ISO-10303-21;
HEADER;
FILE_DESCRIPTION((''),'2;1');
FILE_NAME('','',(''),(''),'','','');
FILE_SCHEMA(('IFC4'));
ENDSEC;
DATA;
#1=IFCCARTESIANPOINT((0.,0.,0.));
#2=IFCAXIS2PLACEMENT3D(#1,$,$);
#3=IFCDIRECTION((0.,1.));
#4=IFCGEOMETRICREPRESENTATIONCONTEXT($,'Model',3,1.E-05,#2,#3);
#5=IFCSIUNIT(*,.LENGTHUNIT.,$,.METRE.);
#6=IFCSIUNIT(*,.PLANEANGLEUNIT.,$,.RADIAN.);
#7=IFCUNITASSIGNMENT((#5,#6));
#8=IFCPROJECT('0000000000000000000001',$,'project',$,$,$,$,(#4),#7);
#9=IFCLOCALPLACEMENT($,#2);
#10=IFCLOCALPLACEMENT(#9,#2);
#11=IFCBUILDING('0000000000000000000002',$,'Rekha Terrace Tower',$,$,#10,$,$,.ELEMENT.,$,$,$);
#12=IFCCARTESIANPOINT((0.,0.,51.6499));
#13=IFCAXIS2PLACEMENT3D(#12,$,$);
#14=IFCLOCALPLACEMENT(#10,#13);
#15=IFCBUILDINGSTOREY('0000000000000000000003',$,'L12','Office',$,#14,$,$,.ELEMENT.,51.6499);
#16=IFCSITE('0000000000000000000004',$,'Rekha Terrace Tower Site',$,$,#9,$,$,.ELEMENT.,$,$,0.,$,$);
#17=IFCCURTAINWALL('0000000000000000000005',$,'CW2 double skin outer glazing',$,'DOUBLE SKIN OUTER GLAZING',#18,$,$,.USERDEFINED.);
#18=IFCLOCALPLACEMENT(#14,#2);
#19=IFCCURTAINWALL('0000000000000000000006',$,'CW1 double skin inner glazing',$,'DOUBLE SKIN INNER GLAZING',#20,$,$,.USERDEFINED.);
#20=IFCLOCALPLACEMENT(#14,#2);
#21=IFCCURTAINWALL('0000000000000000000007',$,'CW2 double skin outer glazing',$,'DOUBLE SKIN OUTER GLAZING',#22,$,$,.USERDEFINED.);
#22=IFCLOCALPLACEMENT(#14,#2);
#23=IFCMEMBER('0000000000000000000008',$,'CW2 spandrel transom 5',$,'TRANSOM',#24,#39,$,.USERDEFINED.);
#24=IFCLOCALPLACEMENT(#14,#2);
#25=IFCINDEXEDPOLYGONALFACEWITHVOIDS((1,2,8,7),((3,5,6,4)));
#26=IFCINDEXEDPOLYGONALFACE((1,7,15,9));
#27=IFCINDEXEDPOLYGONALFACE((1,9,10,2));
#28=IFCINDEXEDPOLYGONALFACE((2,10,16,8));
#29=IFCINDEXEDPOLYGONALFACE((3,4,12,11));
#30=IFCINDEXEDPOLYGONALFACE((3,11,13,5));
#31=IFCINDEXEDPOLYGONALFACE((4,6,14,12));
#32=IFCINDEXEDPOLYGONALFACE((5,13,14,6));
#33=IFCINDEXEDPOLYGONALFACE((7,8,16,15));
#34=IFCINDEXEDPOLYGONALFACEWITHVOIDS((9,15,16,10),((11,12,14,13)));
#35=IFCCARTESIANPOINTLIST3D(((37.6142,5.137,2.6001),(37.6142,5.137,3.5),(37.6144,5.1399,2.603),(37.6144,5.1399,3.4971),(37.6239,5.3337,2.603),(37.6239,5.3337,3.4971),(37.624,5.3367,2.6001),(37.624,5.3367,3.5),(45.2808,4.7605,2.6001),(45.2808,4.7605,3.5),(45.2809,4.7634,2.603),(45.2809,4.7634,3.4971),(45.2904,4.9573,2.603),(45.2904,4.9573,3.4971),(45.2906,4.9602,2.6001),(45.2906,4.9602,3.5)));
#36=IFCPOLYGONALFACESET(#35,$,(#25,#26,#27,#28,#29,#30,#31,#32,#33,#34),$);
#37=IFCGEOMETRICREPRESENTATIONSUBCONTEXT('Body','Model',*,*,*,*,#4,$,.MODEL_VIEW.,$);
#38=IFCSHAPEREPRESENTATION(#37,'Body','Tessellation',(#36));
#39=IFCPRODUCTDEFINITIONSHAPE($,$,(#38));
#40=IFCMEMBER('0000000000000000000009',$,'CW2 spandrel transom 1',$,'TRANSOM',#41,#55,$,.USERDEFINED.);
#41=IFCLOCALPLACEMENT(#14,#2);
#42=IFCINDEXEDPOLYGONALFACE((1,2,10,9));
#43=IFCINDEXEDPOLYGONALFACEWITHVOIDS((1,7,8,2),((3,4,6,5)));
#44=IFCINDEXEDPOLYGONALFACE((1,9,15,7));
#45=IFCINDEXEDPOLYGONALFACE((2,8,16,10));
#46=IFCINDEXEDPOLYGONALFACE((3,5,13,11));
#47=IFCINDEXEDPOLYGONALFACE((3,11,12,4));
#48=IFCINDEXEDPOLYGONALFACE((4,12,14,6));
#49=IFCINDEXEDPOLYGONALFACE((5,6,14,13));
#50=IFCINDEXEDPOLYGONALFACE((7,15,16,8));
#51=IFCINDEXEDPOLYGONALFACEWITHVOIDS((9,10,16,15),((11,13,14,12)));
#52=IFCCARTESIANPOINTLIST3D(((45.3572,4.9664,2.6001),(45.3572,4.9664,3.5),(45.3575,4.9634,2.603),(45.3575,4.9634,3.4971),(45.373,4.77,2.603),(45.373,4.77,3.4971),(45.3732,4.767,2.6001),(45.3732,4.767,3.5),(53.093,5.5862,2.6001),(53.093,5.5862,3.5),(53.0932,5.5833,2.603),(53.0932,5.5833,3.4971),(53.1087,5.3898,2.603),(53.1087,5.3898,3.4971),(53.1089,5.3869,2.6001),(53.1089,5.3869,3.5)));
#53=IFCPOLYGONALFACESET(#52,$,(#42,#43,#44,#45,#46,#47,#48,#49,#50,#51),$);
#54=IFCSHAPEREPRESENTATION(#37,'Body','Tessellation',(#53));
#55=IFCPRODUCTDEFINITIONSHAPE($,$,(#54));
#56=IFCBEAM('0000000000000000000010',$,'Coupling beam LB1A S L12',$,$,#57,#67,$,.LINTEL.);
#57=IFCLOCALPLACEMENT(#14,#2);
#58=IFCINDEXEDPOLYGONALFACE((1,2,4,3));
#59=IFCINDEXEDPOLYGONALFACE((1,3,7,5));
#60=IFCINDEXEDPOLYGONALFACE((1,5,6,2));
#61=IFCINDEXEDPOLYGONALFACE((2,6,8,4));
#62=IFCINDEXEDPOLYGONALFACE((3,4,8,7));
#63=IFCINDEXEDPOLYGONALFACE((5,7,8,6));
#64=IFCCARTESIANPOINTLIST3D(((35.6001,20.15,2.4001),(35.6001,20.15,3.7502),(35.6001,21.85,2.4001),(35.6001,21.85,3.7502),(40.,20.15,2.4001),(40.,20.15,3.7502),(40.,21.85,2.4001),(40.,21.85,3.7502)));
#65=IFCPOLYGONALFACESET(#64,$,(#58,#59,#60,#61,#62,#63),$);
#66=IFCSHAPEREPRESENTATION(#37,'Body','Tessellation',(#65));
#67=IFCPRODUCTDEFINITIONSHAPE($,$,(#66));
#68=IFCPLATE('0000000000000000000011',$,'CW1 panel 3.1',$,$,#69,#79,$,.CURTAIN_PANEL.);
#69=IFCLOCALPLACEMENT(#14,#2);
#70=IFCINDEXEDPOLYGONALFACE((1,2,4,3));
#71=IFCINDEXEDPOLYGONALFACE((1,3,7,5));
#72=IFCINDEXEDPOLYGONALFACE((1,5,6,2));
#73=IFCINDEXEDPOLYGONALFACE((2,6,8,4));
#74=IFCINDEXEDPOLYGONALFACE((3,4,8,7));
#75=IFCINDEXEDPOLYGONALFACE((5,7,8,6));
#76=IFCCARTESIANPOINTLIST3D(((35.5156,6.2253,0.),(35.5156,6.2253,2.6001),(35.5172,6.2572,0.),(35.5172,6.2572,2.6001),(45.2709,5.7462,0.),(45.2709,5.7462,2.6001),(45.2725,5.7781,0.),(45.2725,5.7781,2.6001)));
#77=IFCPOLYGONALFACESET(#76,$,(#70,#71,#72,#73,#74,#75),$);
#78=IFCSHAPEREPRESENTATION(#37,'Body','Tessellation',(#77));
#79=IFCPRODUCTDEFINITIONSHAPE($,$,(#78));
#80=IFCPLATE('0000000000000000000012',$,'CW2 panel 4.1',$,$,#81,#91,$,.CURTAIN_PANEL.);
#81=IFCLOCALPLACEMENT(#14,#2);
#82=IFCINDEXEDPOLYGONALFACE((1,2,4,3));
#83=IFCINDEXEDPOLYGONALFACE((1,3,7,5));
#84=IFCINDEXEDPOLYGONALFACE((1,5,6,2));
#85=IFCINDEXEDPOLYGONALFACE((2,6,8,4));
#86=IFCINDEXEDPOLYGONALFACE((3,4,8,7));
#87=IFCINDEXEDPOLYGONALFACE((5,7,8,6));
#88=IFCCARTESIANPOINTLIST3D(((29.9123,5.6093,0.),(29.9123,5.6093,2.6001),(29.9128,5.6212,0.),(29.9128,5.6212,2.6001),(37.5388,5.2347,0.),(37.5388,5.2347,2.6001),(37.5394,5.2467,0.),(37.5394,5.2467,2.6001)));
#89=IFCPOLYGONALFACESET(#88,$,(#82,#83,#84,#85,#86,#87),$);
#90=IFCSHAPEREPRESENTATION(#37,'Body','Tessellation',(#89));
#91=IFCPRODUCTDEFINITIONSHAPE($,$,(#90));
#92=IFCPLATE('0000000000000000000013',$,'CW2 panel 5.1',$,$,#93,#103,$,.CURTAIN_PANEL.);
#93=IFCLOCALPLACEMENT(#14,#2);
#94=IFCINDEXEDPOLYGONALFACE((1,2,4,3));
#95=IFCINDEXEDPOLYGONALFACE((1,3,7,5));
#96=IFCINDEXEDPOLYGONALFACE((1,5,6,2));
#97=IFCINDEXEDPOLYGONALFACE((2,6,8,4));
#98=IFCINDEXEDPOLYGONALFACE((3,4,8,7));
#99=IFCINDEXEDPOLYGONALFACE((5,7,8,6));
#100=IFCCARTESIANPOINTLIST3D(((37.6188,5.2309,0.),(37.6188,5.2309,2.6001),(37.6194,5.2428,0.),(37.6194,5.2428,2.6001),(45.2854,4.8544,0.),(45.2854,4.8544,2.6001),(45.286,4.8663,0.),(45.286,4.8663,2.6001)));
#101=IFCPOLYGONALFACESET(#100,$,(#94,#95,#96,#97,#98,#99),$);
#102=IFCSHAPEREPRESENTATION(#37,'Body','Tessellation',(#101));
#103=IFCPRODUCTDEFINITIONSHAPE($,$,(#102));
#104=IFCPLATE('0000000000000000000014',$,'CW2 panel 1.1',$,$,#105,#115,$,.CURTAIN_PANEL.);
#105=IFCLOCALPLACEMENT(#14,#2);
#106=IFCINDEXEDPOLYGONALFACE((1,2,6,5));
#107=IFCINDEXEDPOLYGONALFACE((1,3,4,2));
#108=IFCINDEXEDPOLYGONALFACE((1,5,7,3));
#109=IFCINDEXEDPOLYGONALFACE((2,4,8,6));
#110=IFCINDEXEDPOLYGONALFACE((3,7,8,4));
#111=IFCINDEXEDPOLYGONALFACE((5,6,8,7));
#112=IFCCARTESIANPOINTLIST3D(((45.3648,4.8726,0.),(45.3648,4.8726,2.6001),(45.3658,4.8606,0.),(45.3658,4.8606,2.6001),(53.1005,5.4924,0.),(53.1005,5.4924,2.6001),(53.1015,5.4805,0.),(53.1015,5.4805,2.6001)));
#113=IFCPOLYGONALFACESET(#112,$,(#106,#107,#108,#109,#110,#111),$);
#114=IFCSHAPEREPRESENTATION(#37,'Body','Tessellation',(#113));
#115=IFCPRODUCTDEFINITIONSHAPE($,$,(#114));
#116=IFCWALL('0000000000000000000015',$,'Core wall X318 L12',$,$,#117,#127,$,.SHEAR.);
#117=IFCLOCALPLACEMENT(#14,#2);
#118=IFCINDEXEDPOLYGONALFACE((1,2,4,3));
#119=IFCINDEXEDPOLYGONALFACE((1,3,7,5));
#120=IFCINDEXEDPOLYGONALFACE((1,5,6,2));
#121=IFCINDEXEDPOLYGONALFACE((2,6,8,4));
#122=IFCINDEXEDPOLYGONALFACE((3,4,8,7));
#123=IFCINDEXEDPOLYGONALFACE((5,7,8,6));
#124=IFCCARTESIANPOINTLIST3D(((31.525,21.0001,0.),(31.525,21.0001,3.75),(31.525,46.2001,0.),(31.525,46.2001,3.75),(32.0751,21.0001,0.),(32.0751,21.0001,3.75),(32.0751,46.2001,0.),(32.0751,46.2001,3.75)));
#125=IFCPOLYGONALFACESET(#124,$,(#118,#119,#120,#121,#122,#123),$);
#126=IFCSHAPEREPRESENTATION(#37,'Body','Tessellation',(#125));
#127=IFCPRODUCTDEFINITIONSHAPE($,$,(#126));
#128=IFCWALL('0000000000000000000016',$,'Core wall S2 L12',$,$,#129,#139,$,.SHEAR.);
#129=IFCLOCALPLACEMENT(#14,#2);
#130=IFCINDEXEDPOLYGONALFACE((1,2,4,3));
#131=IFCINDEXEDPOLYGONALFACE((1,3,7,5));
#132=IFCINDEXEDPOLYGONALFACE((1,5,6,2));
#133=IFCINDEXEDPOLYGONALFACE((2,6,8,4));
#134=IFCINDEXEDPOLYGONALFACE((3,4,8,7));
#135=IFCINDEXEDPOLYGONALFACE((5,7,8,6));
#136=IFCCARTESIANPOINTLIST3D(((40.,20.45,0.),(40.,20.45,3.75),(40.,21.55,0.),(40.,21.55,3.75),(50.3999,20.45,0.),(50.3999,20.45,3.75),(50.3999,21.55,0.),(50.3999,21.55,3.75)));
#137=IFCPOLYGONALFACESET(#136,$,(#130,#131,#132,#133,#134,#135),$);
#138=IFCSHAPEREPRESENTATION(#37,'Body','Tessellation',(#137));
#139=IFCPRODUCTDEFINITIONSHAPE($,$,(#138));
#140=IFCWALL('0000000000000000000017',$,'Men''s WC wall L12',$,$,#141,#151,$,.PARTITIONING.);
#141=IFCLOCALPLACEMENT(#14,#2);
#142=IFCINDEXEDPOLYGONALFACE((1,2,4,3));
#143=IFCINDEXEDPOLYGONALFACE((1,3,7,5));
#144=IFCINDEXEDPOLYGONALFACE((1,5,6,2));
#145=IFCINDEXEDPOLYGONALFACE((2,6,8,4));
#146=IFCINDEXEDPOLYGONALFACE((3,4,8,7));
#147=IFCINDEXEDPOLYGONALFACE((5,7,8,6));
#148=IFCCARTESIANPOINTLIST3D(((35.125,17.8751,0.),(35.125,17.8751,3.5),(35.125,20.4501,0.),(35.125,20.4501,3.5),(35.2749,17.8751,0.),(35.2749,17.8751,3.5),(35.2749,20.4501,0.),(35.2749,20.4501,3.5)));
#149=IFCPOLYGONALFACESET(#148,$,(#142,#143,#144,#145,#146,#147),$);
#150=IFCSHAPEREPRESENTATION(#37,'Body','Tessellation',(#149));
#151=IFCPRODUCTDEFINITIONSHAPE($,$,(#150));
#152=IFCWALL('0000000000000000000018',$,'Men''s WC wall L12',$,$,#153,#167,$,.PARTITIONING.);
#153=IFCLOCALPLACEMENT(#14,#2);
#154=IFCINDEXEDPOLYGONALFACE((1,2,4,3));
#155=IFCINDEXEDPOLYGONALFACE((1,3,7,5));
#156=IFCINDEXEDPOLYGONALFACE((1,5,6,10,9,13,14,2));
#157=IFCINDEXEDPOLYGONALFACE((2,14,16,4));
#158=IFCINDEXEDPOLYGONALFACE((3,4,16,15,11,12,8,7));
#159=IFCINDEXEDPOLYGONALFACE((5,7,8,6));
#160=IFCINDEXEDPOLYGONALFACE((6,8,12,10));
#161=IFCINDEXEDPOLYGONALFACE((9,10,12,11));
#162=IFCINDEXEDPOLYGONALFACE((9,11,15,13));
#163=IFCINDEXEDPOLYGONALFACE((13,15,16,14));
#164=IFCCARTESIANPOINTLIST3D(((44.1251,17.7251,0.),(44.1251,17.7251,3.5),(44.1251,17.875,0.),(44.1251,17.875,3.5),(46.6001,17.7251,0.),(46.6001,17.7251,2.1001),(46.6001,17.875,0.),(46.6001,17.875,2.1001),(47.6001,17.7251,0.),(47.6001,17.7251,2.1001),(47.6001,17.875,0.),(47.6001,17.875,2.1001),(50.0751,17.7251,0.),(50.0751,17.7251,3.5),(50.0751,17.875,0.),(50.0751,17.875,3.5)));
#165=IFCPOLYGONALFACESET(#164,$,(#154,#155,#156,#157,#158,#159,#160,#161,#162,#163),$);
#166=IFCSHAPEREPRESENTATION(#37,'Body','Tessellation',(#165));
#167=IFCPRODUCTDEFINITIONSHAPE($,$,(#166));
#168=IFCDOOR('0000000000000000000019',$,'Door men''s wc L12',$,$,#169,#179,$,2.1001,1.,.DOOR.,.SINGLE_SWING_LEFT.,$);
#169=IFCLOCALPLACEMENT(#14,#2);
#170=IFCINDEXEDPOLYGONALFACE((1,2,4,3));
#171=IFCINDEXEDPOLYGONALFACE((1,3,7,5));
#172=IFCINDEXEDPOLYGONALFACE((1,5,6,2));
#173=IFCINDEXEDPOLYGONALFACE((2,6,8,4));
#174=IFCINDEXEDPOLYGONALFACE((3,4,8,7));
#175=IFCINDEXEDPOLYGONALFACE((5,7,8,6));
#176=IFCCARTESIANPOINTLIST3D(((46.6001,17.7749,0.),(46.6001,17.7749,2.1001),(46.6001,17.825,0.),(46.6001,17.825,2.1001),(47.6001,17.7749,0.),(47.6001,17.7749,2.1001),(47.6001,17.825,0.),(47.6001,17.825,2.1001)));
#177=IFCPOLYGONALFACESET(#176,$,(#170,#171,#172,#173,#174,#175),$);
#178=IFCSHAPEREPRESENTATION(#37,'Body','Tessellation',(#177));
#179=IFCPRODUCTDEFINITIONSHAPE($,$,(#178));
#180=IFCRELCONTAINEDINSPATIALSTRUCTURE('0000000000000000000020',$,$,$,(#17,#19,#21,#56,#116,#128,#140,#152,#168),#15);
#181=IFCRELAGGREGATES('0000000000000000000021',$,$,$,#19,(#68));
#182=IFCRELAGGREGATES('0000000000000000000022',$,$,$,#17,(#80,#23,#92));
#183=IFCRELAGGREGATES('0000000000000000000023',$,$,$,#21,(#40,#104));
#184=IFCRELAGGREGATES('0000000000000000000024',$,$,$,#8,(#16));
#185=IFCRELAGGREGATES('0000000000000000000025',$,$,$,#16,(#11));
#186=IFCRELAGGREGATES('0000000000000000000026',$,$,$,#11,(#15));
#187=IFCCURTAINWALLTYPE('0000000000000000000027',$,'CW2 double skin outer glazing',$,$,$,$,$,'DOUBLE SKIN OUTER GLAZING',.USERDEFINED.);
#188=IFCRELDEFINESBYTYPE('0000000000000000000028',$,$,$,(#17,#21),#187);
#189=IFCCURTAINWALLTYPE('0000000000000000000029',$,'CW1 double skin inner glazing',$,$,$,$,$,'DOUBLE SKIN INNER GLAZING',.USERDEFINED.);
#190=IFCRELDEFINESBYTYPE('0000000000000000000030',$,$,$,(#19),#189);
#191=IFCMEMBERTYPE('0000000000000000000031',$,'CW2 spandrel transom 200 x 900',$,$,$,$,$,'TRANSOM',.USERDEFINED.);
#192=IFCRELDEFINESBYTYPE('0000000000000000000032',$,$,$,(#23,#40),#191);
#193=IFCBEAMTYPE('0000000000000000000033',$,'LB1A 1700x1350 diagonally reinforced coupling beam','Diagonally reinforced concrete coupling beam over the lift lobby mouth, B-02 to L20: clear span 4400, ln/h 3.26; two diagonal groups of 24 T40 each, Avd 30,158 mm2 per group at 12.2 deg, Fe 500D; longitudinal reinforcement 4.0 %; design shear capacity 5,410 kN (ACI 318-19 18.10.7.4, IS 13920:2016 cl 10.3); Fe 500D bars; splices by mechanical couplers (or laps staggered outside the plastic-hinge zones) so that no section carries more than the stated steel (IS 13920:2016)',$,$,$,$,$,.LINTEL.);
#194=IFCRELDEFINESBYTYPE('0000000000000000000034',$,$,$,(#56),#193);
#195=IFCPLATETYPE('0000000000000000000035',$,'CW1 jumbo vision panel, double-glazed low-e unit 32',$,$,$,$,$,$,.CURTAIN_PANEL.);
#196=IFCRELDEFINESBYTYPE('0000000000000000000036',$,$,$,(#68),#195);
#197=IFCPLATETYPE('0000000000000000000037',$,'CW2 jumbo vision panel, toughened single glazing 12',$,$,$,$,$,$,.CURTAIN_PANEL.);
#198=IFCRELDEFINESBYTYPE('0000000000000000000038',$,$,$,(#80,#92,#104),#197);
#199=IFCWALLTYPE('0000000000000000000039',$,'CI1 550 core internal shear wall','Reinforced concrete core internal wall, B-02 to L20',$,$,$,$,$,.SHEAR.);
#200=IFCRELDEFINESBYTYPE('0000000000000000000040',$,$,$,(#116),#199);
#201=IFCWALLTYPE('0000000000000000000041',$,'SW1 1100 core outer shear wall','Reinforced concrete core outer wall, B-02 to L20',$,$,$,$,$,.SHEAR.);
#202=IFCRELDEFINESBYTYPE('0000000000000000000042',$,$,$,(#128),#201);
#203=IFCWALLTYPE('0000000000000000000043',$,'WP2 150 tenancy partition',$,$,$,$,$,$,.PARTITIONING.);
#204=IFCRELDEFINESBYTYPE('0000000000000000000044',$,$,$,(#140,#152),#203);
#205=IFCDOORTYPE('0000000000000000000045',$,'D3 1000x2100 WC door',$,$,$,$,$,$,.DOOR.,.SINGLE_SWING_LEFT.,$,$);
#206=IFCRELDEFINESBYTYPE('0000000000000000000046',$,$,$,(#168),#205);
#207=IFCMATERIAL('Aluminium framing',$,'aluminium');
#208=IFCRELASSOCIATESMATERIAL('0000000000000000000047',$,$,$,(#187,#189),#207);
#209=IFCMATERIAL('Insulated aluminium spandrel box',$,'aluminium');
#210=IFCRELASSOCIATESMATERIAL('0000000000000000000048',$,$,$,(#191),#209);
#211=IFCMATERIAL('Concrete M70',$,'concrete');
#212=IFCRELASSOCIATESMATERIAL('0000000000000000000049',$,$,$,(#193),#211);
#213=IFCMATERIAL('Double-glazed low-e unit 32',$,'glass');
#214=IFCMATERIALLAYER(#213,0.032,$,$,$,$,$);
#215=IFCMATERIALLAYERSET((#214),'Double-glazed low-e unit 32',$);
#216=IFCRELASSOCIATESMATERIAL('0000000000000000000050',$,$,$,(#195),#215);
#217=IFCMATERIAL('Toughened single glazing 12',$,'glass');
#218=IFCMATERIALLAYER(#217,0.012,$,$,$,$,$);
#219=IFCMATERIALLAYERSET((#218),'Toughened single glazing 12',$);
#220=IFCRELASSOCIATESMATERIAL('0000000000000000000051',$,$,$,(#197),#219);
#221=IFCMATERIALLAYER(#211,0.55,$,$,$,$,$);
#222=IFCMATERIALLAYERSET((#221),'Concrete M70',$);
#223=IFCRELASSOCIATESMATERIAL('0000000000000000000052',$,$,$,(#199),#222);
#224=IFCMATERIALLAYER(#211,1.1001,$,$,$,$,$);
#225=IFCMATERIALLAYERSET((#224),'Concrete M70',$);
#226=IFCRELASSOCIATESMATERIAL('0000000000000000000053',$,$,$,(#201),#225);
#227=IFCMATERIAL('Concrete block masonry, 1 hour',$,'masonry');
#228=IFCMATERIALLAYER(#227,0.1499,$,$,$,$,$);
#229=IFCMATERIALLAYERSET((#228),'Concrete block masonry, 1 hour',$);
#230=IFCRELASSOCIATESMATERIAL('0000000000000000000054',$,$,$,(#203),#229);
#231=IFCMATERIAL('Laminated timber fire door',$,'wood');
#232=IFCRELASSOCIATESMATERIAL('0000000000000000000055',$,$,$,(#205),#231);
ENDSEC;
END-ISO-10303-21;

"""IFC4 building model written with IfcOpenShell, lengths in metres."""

from ifc_helpers import new_model, si_unit, direction, frame, frame_2d, origin, origin_2d, place, context, subcontext, project, spatial, rectangle, hollow_rectangle, extrude, material, layer, layer_set, material_profile, profile_set, type_object, element, fill, aggregate, save


model = new_model("IFC4")

# Units and contexts
model_context = context("Model", 3, precision=1e-05, world=origin(), true_north=direction((0.0, 1.0)))
body_context = subcontext(model_context, "Body", "Model", "MODEL_VIEW")
ifc_project = project(units=[si_unit("LENGTHUNIT", "METRE"), si_unit("PLANEANGLEUNIT", "RADIAN")], contexts=[model_context])

# Site, building, storey
site_placement = place(None, origin())
site = spatial("IfcSite", under=ifc_project, at=site_placement, Name="Rekha Terrace Tower Site", CompositionType="ELEMENT", RefElevation=0.0)
building_placement = place(site_placement, origin())
building = spatial("IfcBuilding", under=site, at=building_placement, Name="Rekha Terrace Tower", CompositionType="ELEMENT")
storey_placement = place(building_placement, frame((0.0, 0.0, 51.6499)))
storey = spatial("IfcBuildingStorey", under=building, at=storey_placement, Name="L12", Description="Office", CompositionType="ELEMENT", Elevation=51.6499)

# Shared definitions
ifc_material_1 = material(Name="Concrete M70", Category="concrete")

# Curtain walls
ifc_material_2 = material(Name="Aluminium framing", Category="aluminium")
curtain_wall_type_1 = type_object("IfcCurtainWallType", Name="CW2 double skin outer glazing", ElementType="DOUBLE SKIN OUTER GLAZING", PredefinedType="USERDEFINED", material=ifc_material_2)
curtain_wall_1_placement = place(storey_placement, origin())
curtain_wall_1 = element("IfcCurtainWall", 1, at=curtain_wall_1_placement, inside=storey, type_object=curtain_wall_type_1, Name="CW2 double skin outer glazing", ObjectType="DOUBLE SKIN OUTER GLAZING", PredefinedType="USERDEFINED")
curtain_wall_type_2 = type_object("IfcCurtainWallType", Name="CW1 double skin inner glazing", ElementType="DOUBLE SKIN INNER GLAZING", PredefinedType="USERDEFINED", material=ifc_material_2)
curtain_wall_2_placement = place(storey_placement, origin())
curtain_wall_2 = element("IfcCurtainWall", 2, at=curtain_wall_2_placement, inside=storey, type_object=curtain_wall_type_2, Name="CW1 double skin inner glazing", ObjectType="DOUBLE SKIN INNER GLAZING", PredefinedType="USERDEFINED")

# Shared definitions
ifc_material_3 = material(Name="Insulated aluminium spandrel box", Category="aluminium")

# Curtain wall
curtain_wall_3_placement = place(storey_placement, origin())
curtain_wall_3 = element("IfcCurtainWall", 3, at=curtain_wall_3_placement, inside=storey, type_object=curtain_wall_type_1, Name="CW2 double skin outer glazing", ObjectType="DOUBLE SKIN OUTER GLAZING", PredefinedType="USERDEFINED")

# Members
ifc_material_profile_1 = material_profile(ifc_material_3, hollow_rectangle(XDim=0.2, YDim=0.8999, WallThickness=0.0029, at=origin_2d()), Name="AL SPANDREL BOX 200x900")
ifc_profile_set_1 = profile_set([ifc_material_profile_1], Name="Insulated aluminium spandrel box")
member_type_1 = type_object("IfcMemberType", Name="CW2 spandrel transom 200 x 900", ElementType="TRANSOM", PredefinedType="USERDEFINED", material=ifc_profile_set_1)
member_1_placement = place(storey_placement, frame((37.6191, 5.2368, 3.05), z_axis=(0.998797, -0.049046, 0.0), x_axis=(0.049046, 0.998797, 0.0)))
member_1 = element("IfcMember", 4, at=member_1_placement, type_object=member_type_1, Name="CW2 spandrel transom 5", ObjectType="TRANSOM", PredefinedType="USERDEFINED", context=body_context, shape_type="SweptSolid", body=[
    extrude(hollow_rectangle(XDim=0.2, YDim=0.8999, WallThickness=0.0029, at=origin_2d()), origin(), (0.0, 0.0, 1.0), 7.6758),
])
member_2_placement = place(storey_placement, frame((45.3652, 4.8667, 3.05), z_axis=(0.996805, 0.079877, 0.0), x_axis=(-0.079877, 0.996805, 0.0)))
member_2 = element("IfcMember", 5, at=member_2_placement, type_object=member_type_1, Name="CW2 spandrel transom 1", ObjectType="TRANSOM", PredefinedType="USERDEFINED", context=body_context, shape_type="SweptSolid", body=[
    extrude(hollow_rectangle(XDim=0.2, YDim=0.8999, WallThickness=0.0029, at=origin_2d()), origin(), (0.0, 0.0, 1.0), 7.7605),
])

# Beam
ifc_material_profile_2 = material_profile(ifc_material_1, rectangle(XDim=1.7, YDim=1.3501, at=origin_2d()), Name="RC 1700x1350")
ifc_profile_set_2 = profile_set([ifc_material_profile_2], Name="Concrete M70")
beam_type = type_object("IfcBeamType", Name="LB1A 1700x1350 diagonally reinforced coupling beam", Description="Diagonally reinforced concrete coupling beam over the lift lobby mouth, B-02 to L20: clear span 4400, ln/h 3.26; two diagonal groups of 24 T40 each, Avd 30,158 mm2 per group at 12.2 deg, Fe 500D; longitudinal reinforcement 4.0 %; design shear capacity 5,410 kN (ACI 318-19 18.10.7.4, IS 13920:2016 cl 10.3); Fe 500D bars; splices by mechanical couplers (or laps staggered outside the plastic-hinge zones) so that no section carries more than the stated steel (IS 13920:2016)", PredefinedType="LINTEL", material=ifc_profile_set_2)
beam_placement = place(storey_placement, frame((35.6001, 21.0, 3.0752), z_axis=(1.0, 0.0, 0.0), x_axis=(0.0, 1.0, 0.0)))
element("IfcBeam", 6, at=beam_placement, inside=storey, type_object=beam_type, Name="Coupling beam LB1A S L12", PredefinedType="LINTEL", context=body_context, shape_type="SweptSolid", body=[
    extrude(rectangle(XDim=1.7, YDim=1.3501, at=origin_2d()), origin(), (0.0, 0.0, 1.0), 4.3999),
])

# Plates
ifc_material_4 = material(Name="Double-glazed low-e unit 32", Category="glass")
ifc_layer_1 = layer(ifc_material_4, 0.032)
ifc_layer_set_1 = layer_set([ifc_layer_1], Name="Double-glazed low-e unit 32")
plate_type_1 = type_object("IfcPlateType", Name="CW1 jumbo vision panel, double-glazed low-e unit 32", PredefinedType="CURTAIN_PANEL", material=ifc_layer_set_1)
plate_1_placement = place(storey_placement, frame((40.394, 6.0017, 0.0), z_axis=(0.0, 0.0, 1.0), x_axis=(0.998796, -0.049052, 0.0)))
plate_1 = element("IfcPlate", 7, at=plate_1_placement, type_object=plate_type_1, Name="CW1 panel 3.1", PredefinedType="CURTAIN_PANEL", context=body_context, shape_type="SweptSolid", body=[
    extrude(rectangle(XDim=9.7671, YDim=0.032, at=origin_2d()), origin(), (0.0, 0.0, 1.0), 2.6001),
])
aggregate(curtain_wall_2, [plate_1])
ifc_material_5 = material(Name="Toughened single glazing 12", Category="glass")
ifc_layer_2 = layer(ifc_material_5, 0.012)
ifc_layer_set_2 = layer_set([ifc_layer_2], Name="Toughened single glazing 12")
plate_type_2 = type_object("IfcPlateType", Name="CW2 jumbo vision panel, toughened single glazing 12", PredefinedType="CURTAIN_PANEL", material=ifc_layer_set_2)
plate_2_placement = place(storey_placement, frame((33.7258, 5.428, 0.0), z_axis=(0.0, 0.0, 1.0), x_axis=(0.998796, -0.049052, 0.0)))
plate_2 = element("IfcPlate", 8, at=plate_2_placement, type_object=plate_type_2, Name="CW2 panel 4.1", PredefinedType="CURTAIN_PANEL", context=body_context, shape_type="SweptSolid", body=[
    extrude(rectangle(XDim=7.6357, YDim=0.012, at=origin_2d()), origin(), (0.0, 0.0, 1.0), 2.6001),
])
plate_3_placement = place(storey_placement, frame((41.4524, 5.0486, 0.0), z_axis=(0.0, 0.0, 1.0), x_axis=(0.998796, -0.049052, 0.0)))
plate_3 = element("IfcPlate", 9, at=plate_3_placement, type_object=plate_type_2, Name="CW2 panel 5.1", PredefinedType="CURTAIN_PANEL", context=body_context, shape_type="SweptSolid", body=[
    extrude(rectangle(XDim=7.6758, YDim=0.012, at=origin_2d()), origin(), (0.0, 0.0, 1.0), 2.6001),
])
aggregate(curtain_wall_1, [plate_2, member_1, plate_3])
plate_4_placement = place(storey_placement, frame((49.2332, 5.1765, 0.0), z_axis=(0.0, 0.0, 1.0), x_axis=(0.996805, 0.079872, 0.0)))
plate_4 = element("IfcPlate", 10, at=plate_4_placement, type_object=plate_type_2, Name="CW2 panel 1.1", PredefinedType="CURTAIN_PANEL", context=body_context, shape_type="SweptSolid", body=[
    extrude(rectangle(XDim=7.7605, YDim=0.012, at=origin_2d()), origin(), (0.0, 0.0, 1.0), 2.6001),
])
aggregate(curtain_wall_3, [member_2, plate_4])

# Walls
ifc_layer_3 = layer(ifc_material_1, 0.55)
ifc_layer_set_3 = layer_set([ifc_layer_3], Name="Concrete M70")
wall_type_1 = type_object("IfcWallType", Name="CI1 550 core internal shear wall", Description="Reinforced concrete core internal wall, B-02 to L20", PredefinedType="SHEAR", material=ifc_layer_set_3)
wall_1_placement = place(storey_placement, frame((31.8, 21.0, 0.0), z_axis=(0.0, 0.0, 1.0), x_axis=(0.0, 1.0, 0.0)))
element("IfcWall", 11, at=wall_1_placement, inside=storey, type_object=wall_type_1, Name="Core wall X318 L12", PredefinedType="SHEAR", context=body_context, shape_type="SweptSolid", body=[
    extrude(rectangle(XDim=25.2, YDim=0.55, at=frame_2d((12.6001, 0.0))), origin(), (0.0, 0.0, 1.0), 3.75),
])
ifc_layer_4 = layer(ifc_material_1, 1.1001)
ifc_layer_set_4 = layer_set([ifc_layer_4], Name="Concrete M70")
wall_type_2 = type_object("IfcWallType", Name="SW1 1100 core outer shear wall", Description="Reinforced concrete core outer wall, B-02 to L20", PredefinedType="SHEAR", material=ifc_layer_set_4)
wall_2_placement = place(storey_placement, frame((40.0, 21.0, 0.0), z_axis=(0.0, 0.0, 1.0), x_axis=(1.0, 0.0, 0.0)))
element("IfcWall", 12, at=wall_2_placement, inside=storey, type_object=wall_type_2, Name="Core wall S2 L12", PredefinedType="SHEAR", context=body_context, shape_type="SweptSolid", body=[
    extrude(rectangle(XDim=10.3999, YDim=1.1001, at=frame_2d((5.2, 0.0))), origin(), (0.0, 0.0, 1.0), 3.75),
])
ifc_material_6 = material(Name="Concrete block masonry, 1 hour", Category="masonry")
ifc_layer_5 = layer(ifc_material_6, 0.1499)
ifc_layer_set_5 = layer_set([ifc_layer_5], Name="Concrete block masonry, 1 hour")
wall_type_3 = type_object("IfcWallType", Name="WP2 150 tenancy partition", PredefinedType="PARTITIONING", material=ifc_layer_set_5)
wall_3_placement = place(storey_placement, frame((35.2, 17.875, 0.0), z_axis=(0.0, 0.0, 1.0), x_axis=(0.0, 1.0, 0.0)))
element("IfcWall", 13, at=wall_3_placement, inside=storey, type_object=wall_type_3, Name="Men's WC wall L12", PredefinedType="PARTITIONING", context=body_context, shape_type="SweptSolid", body=[
    extrude(rectangle(XDim=2.575, YDim=0.1499, at=frame_2d((1.2876, 0.0))), origin(), (0.0, 0.0, 1.0), 3.5),
])

# Wall, opening, door
wall_4_placement = place(storey_placement, frame((44.125, 17.8, 0.0), z_axis=(0.0, 0.0, 1.0), x_axis=(1.0, 0.0, 0.0)))
wall_4 = element("IfcWall", 14, at=wall_4_placement, inside=storey, type_object=wall_type_3, Name="Men's WC wall L12", PredefinedType="PARTITIONING", context=body_context, shape_type="SweptSolid", body=[
    extrude(rectangle(XDim=5.95, YDim=0.1499, at=frame_2d((2.9751, 0.0))), origin(), (0.0, 0.0, 1.0), 3.5),
])
opening_1_placement = place(wall_4_placement, frame((2.4751, 0.0, 0.0)))
opening_1 = element("IfcOpeningElement", 15, at=opening_1_placement, cuts=wall_4, PredefinedType="OPENING", context=body_context, shape_type="SweptSolid", body=[
    extrude(rectangle(XDim=1.0, YDim=2.1001, at=frame_2d((0.5, 1.05))), frame((0.0, 0.085, 0.0), z_axis=(0.0, -1.0, 0.0), x_axis=(1.0, 0.0, 0.0)), (0.0, 0.0, 1.0), 0.1699),
])
ifc_material_7 = material(Name="Laminated timber fire door", Category="wood")
door_type_1 = type_object("IfcDoorType", Name="D3 1000x2100 WC door", OperationType="SINGLE_SWING_LEFT", PredefinedType="DOOR", material=ifc_material_7)
door_1_placement = place(opening_1_placement, origin())
door_1 = element("IfcDoor", 16, at=door_1_placement, inside=storey, type_object=door_type_1, Name="Door men's wc L12", OperationType="SINGLE_SWING_LEFT", OverallHeight=2.1001, OverallWidth=1.0, PredefinedType="DOOR", context=body_context, shape_type="SweptSolid", body=[
    extrude(rectangle(XDim=1.0, YDim=2.1001, at=frame_2d((0.5, 1.05))), frame((0.0, 0.0249, 0.0), z_axis=(0.0, -1.0, 0.0), x_axis=(1.0, 0.0, 0.0)), (0.0, 0.0, 1.0), 0.05),
])
fill(opening_1, door_1)

save(model, "model.ifc")
